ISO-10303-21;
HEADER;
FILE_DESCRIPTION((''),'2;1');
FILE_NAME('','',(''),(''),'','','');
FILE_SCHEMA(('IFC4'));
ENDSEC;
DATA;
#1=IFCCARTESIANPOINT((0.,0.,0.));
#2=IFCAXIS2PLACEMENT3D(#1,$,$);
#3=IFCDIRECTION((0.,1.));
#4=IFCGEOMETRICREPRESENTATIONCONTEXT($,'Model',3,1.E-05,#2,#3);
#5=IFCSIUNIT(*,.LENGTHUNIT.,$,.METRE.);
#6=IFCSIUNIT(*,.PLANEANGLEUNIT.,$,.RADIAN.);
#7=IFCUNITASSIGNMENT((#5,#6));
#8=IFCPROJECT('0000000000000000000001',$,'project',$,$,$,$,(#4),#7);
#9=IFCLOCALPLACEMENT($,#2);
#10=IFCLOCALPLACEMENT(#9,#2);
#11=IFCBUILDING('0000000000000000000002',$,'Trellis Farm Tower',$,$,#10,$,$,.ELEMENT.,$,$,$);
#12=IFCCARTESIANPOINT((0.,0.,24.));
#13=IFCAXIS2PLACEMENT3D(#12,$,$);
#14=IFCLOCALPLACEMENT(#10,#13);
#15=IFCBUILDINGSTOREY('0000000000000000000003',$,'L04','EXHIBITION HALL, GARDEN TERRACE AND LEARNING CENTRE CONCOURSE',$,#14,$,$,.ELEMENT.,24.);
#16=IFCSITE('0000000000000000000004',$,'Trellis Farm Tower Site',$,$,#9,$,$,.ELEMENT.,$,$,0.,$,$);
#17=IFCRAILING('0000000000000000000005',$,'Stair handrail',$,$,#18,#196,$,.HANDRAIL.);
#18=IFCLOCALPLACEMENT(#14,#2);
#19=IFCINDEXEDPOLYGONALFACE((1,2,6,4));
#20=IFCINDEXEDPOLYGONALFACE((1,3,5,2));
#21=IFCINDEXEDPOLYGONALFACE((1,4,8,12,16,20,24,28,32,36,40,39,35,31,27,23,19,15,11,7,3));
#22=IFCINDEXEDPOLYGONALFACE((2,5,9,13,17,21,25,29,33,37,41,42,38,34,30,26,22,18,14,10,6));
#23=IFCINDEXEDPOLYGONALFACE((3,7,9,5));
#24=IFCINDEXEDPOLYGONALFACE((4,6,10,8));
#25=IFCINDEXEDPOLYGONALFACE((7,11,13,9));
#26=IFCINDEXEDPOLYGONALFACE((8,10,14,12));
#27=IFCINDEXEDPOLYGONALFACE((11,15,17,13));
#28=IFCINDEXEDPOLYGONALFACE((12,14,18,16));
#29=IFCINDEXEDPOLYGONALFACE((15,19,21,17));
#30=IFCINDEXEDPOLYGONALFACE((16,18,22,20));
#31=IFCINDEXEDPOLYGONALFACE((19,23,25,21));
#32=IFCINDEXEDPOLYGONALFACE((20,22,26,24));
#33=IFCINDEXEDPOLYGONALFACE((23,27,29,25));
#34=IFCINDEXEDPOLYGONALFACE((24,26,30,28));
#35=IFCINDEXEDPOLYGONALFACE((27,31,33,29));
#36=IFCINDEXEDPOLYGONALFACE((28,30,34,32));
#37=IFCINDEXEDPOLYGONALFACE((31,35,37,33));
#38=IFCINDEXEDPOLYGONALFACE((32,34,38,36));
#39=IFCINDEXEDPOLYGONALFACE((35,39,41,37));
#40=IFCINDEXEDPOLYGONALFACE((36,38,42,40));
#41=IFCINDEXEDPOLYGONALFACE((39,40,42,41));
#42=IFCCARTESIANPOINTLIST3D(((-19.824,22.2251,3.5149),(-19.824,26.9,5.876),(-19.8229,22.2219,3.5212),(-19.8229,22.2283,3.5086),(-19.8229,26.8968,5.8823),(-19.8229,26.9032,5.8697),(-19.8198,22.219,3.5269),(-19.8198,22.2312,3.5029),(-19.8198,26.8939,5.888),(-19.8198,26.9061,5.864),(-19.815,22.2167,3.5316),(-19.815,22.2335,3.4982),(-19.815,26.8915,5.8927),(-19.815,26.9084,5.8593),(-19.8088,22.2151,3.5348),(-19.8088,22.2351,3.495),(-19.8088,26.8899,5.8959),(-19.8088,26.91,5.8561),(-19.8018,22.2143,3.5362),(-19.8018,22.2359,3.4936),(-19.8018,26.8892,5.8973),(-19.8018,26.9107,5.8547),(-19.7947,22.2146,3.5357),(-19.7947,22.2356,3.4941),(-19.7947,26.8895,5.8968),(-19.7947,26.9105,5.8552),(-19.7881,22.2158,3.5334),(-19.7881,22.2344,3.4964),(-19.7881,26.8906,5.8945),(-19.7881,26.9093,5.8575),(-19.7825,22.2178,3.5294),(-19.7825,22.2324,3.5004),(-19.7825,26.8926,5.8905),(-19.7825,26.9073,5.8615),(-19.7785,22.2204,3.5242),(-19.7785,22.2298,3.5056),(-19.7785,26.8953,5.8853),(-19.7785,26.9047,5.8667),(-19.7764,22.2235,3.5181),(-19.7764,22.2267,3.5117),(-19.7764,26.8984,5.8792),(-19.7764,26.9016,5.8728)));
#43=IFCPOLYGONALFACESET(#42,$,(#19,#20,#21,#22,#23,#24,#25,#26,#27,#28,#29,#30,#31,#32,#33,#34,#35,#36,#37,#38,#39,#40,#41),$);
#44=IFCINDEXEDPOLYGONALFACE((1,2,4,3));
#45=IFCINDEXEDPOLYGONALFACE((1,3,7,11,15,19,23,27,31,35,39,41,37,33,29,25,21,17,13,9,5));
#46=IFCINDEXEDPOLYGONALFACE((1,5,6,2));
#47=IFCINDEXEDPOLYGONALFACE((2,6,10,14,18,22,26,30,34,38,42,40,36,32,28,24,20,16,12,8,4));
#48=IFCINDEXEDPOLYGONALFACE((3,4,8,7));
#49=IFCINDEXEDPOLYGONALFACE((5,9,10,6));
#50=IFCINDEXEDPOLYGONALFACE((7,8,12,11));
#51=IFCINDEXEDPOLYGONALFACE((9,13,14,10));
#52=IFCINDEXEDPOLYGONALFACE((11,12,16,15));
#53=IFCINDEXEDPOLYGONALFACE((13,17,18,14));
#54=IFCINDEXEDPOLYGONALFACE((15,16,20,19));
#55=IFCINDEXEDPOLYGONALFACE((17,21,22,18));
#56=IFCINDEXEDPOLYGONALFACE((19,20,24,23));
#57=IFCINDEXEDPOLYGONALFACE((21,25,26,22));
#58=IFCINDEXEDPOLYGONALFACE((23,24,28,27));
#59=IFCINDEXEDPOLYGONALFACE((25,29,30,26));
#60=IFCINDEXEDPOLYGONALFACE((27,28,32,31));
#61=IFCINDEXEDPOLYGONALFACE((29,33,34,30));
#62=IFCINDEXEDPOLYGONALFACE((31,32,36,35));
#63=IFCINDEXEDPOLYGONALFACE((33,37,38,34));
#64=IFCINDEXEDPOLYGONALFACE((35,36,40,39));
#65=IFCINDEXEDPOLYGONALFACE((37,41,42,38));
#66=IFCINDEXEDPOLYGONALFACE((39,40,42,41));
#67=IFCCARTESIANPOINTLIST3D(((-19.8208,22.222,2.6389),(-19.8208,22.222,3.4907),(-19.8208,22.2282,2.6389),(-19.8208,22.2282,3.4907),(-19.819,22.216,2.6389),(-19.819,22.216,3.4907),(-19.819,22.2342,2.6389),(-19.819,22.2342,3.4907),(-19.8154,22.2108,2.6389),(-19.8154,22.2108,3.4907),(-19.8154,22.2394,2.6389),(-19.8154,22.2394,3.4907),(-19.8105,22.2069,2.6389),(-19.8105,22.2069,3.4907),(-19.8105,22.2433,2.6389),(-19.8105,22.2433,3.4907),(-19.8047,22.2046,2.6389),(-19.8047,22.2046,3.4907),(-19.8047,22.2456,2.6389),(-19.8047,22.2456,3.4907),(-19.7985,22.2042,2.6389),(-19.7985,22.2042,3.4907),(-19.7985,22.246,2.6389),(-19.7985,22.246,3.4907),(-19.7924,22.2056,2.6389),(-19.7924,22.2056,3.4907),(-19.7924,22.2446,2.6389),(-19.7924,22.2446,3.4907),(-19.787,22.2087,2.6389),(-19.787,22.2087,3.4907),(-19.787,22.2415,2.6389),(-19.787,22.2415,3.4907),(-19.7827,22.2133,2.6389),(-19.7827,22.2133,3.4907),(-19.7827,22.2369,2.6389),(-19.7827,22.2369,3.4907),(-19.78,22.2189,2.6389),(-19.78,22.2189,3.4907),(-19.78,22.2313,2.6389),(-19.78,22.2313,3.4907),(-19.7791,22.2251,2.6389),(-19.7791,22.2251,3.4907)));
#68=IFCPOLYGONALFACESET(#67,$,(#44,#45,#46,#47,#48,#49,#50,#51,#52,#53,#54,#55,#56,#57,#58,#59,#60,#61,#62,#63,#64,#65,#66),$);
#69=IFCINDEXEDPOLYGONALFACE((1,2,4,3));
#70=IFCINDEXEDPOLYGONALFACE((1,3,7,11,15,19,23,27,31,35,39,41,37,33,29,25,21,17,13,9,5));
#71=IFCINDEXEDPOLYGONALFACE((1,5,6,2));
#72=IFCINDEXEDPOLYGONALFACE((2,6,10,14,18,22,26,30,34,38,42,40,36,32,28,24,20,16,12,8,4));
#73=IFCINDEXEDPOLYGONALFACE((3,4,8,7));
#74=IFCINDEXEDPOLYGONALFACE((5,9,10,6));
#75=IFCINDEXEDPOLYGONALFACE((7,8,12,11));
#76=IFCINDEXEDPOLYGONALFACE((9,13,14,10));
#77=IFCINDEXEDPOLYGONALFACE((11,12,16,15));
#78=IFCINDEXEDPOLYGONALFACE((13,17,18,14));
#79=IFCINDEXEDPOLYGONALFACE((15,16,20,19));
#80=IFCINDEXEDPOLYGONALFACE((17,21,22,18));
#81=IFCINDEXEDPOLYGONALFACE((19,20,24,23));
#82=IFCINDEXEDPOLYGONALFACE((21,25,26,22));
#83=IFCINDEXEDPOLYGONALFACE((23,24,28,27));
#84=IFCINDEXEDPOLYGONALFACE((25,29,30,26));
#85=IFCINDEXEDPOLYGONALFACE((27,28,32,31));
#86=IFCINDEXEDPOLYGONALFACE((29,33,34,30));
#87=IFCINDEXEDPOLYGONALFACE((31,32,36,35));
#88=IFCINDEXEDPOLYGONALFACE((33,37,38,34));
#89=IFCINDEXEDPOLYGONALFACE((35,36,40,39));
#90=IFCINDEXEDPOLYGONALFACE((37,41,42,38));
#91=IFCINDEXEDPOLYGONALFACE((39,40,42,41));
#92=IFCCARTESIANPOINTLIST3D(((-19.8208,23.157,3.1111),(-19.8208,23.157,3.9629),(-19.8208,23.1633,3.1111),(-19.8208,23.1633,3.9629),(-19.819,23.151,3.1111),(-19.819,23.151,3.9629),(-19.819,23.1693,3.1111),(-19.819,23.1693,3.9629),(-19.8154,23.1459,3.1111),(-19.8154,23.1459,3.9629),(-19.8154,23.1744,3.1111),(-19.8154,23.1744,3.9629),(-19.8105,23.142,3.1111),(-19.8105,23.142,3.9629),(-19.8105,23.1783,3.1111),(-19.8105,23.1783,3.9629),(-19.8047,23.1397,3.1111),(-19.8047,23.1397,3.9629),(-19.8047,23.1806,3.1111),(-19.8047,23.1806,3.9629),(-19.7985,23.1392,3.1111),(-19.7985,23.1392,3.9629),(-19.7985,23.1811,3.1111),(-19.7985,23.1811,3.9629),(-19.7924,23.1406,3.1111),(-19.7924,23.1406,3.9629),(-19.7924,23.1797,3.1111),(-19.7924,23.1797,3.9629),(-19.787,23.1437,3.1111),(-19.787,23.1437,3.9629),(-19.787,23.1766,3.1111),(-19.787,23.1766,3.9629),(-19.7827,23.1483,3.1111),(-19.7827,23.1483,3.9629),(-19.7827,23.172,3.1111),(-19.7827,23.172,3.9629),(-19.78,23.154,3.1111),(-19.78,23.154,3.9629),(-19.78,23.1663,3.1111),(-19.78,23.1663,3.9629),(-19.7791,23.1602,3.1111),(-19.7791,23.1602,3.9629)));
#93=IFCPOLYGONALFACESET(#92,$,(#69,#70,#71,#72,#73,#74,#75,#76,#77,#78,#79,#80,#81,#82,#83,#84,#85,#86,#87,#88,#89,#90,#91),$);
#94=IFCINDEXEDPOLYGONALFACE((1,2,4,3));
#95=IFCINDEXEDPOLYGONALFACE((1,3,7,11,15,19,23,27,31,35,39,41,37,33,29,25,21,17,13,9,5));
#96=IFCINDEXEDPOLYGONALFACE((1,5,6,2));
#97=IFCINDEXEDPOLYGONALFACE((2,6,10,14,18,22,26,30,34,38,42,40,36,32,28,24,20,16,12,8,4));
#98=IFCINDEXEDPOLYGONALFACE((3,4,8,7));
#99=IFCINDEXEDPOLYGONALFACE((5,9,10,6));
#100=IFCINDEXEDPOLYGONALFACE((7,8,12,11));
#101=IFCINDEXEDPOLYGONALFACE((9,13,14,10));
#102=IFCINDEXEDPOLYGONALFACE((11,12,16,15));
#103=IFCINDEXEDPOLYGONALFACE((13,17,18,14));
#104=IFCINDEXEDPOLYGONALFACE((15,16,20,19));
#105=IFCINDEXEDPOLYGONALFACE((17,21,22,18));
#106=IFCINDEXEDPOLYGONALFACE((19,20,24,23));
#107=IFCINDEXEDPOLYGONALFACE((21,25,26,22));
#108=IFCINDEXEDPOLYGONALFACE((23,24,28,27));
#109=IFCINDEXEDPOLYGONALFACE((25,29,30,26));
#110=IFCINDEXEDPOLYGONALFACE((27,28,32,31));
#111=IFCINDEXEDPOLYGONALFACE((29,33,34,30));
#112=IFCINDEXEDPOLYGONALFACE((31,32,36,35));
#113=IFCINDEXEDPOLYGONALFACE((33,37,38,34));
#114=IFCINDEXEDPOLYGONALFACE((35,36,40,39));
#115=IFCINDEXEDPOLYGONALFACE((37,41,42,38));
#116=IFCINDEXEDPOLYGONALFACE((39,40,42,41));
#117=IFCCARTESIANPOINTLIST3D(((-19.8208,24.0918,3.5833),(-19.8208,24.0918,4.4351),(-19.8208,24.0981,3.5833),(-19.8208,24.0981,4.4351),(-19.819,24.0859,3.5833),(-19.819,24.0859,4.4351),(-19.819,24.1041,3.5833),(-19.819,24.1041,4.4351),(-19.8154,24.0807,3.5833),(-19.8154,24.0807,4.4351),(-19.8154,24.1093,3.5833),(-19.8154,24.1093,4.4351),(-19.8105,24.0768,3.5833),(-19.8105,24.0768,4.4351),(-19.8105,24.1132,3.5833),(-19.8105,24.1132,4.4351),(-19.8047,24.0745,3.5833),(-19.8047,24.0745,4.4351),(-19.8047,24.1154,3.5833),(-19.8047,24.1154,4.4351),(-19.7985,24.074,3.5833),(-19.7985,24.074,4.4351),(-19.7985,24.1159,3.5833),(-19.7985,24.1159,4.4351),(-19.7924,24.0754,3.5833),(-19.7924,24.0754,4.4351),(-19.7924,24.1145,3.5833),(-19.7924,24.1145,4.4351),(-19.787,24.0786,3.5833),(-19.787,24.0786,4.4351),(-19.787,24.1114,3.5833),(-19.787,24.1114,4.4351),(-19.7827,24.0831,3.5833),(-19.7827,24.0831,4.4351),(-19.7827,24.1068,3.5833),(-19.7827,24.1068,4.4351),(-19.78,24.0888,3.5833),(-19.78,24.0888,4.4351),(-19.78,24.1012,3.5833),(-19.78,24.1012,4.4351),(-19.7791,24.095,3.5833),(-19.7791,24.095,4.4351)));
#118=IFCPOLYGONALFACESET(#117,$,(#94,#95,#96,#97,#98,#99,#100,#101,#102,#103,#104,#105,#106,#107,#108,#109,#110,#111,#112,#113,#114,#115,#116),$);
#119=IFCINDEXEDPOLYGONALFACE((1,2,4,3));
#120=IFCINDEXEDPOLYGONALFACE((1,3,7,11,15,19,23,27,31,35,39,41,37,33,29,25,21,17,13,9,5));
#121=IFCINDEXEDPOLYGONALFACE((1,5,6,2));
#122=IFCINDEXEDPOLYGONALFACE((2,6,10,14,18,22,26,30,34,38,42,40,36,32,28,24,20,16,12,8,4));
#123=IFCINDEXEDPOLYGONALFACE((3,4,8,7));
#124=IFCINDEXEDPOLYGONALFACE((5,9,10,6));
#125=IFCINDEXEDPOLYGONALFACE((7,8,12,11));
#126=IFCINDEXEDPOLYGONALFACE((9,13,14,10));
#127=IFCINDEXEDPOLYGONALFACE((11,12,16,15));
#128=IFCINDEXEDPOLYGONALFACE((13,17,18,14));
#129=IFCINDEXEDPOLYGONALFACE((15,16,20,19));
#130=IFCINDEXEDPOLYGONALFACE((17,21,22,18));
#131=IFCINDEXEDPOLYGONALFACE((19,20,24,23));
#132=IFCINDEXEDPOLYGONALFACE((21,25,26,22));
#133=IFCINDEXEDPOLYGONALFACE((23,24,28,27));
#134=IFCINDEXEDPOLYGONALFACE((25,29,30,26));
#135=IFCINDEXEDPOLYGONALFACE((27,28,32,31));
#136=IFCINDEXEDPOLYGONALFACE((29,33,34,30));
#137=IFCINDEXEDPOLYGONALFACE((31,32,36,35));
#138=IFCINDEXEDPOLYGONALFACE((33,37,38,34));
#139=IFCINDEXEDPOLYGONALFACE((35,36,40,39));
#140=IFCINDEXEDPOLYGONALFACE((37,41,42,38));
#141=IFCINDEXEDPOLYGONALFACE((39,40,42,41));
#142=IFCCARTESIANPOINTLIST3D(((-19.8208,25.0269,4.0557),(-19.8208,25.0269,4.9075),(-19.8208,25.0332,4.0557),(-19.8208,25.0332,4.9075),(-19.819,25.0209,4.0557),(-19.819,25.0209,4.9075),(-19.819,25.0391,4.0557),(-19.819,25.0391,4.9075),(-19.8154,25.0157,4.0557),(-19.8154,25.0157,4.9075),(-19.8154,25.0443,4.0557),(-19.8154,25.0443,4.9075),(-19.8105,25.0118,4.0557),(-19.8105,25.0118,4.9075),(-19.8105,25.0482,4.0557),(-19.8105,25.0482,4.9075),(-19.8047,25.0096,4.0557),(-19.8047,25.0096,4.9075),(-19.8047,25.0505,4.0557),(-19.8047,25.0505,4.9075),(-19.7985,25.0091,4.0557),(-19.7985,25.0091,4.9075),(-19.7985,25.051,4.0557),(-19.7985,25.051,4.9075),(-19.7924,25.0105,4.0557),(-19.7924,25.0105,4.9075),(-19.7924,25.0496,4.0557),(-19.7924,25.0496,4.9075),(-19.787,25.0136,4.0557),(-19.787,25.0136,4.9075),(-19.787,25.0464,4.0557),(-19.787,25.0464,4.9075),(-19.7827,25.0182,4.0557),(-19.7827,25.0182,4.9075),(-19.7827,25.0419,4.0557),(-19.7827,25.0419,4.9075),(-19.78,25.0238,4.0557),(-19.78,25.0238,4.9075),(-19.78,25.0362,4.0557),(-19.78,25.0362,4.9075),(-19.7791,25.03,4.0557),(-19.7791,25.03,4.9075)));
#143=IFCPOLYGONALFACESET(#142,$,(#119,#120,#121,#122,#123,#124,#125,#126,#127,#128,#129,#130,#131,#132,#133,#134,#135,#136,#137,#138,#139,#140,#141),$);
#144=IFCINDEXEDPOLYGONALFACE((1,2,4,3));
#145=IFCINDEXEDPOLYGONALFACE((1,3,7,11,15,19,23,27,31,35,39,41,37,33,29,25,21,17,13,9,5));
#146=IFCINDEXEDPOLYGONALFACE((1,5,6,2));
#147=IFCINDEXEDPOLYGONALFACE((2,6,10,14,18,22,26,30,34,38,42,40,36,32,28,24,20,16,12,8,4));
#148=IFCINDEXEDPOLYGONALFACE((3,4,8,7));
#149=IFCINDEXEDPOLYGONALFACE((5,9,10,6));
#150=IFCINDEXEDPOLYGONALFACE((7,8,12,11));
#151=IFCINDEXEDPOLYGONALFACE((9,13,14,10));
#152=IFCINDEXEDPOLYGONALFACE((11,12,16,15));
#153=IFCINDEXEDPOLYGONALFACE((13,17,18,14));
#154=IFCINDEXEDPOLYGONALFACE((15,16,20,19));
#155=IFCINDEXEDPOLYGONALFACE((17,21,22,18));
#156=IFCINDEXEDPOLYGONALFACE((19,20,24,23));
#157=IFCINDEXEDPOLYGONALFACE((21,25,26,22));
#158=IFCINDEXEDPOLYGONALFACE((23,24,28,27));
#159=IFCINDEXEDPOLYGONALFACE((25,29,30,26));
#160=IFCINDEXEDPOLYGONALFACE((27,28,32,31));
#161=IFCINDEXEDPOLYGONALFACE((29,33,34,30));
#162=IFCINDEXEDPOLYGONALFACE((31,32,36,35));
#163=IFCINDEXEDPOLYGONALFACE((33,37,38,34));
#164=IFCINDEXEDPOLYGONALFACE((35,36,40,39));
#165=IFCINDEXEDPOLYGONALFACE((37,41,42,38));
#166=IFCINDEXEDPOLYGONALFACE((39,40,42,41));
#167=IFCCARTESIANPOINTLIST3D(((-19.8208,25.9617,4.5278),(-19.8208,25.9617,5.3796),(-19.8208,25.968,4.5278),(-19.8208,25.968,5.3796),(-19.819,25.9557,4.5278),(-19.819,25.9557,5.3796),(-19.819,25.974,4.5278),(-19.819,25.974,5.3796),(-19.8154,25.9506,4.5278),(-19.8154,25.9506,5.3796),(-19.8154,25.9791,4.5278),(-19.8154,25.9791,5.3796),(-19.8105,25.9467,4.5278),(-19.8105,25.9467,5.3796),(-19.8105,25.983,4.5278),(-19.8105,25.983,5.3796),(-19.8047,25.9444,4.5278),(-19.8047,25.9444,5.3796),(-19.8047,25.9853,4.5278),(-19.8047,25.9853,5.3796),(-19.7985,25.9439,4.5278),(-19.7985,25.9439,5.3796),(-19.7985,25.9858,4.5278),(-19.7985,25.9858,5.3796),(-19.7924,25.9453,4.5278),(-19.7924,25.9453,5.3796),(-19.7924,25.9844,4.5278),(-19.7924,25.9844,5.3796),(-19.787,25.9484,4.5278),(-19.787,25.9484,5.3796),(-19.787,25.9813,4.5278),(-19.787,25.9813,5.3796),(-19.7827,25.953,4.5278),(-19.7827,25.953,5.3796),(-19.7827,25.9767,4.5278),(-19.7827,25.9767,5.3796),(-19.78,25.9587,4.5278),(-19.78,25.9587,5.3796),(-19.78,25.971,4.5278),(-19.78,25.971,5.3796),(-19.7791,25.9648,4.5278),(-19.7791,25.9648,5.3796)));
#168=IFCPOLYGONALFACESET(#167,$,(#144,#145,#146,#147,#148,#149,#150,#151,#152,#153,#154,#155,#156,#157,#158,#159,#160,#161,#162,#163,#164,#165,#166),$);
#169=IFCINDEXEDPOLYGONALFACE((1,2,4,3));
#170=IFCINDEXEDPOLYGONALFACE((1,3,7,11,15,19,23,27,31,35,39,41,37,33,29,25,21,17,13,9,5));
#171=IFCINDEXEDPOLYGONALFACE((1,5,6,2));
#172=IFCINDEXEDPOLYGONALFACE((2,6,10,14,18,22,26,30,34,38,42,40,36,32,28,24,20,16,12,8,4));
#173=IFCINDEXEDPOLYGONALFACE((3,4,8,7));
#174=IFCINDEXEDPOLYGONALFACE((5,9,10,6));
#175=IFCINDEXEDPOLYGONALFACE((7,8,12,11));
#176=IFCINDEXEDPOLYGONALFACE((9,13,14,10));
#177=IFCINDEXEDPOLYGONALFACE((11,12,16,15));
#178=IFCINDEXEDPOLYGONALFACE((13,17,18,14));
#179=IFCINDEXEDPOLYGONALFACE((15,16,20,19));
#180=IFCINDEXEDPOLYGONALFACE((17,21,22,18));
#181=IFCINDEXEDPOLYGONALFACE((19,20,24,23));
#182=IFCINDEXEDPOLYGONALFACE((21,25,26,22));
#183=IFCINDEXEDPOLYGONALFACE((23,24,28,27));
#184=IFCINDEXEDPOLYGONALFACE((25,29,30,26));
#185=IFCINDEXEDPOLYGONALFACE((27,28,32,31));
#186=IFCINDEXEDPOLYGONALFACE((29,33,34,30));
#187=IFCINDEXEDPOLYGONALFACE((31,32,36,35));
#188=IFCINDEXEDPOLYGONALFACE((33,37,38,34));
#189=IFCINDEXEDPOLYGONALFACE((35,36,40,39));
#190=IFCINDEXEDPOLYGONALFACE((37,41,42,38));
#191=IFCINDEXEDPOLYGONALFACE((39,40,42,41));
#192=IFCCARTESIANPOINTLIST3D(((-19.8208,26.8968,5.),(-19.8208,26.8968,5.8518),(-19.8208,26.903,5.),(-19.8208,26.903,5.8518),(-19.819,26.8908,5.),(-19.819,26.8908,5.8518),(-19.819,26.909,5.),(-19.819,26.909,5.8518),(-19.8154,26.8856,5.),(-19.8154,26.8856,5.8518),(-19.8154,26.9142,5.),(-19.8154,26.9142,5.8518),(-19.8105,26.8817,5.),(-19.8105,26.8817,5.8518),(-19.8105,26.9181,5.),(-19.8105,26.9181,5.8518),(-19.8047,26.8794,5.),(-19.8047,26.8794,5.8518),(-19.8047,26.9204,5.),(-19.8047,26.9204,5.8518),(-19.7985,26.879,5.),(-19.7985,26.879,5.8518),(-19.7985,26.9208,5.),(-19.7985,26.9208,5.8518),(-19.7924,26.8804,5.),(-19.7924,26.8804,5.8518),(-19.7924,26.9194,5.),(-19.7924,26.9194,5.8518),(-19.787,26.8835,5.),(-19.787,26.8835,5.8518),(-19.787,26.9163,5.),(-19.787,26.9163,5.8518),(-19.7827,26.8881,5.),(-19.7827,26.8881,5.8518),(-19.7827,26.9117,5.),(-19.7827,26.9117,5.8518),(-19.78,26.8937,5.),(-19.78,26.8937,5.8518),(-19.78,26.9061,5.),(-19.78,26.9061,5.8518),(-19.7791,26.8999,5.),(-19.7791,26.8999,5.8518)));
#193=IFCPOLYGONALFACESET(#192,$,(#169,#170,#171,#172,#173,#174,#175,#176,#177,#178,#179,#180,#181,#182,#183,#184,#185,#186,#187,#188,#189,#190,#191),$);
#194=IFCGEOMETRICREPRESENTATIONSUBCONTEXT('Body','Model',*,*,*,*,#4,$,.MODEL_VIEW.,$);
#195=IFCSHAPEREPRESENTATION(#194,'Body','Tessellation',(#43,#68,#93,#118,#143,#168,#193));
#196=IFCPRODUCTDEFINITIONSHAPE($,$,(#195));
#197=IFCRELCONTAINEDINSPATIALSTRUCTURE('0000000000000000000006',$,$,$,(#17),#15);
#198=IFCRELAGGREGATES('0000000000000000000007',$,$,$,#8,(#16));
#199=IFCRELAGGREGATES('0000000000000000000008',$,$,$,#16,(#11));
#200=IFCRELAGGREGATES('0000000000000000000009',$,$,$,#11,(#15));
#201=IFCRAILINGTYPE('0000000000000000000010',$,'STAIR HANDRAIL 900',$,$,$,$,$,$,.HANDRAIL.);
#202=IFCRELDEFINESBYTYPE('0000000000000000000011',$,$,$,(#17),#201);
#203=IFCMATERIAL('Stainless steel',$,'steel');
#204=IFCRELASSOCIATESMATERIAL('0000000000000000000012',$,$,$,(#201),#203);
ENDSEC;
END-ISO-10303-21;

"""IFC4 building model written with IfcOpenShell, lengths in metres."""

from ifc_helpers import new_model, si_unit, direction, frame, origin, origin_2d, place, context, subcontext, project, spatial, circle, extrude, source, transform, mapped, material, type_object, element, save


model = new_model("IFC4")

# Units and contexts
model_context = context("Model", 3, precision=1e-05, world=origin(), true_north=direction((0.0, 1.0)))
body_context = subcontext(model_context, "Body", "Model", "MODEL_VIEW")
ifc_project = project(units=[si_unit("LENGTHUNIT", "METRE"), si_unit("PLANEANGLEUNIT", "RADIAN")], contexts=[model_context])

# Site, building, storey
site_placement = place(None, origin())
site = spatial("IfcSite", under=ifc_project, at=site_placement, Name="Trellis Farm Tower Site", CompositionType="ELEMENT", RefElevation=0.0)
building_placement = place(site_placement, origin())
building = spatial("IfcBuilding", under=site, at=building_placement, Name="Trellis Farm Tower", CompositionType="ELEMENT")
storey_placement = place(building_placement, frame((0.0, 0.0, 24.0)))
storey = spatial("IfcBuildingStorey", under=building, at=storey_placement, Name="L04", Description="EXHIBITION HALL, GARDEN TERRACE AND LEARNING CENTRE CONCOURSE", CompositionType="ELEMENT", Elevation=24.0)

# Railing
ifc_material_1 = material(Name="Stainless steel", Category="steel")
railing_type_1 = type_object("IfcRailingType", Name="STAIR HANDRAIL 900", PredefinedType="HANDRAIL", material=ifc_material_1)
shared_shape_1 = source(origin(), body_context, "Body", "SweptSolid", [
    extrude(circle(Radius=0.0239, at=origin_2d()), frame((0.0, 0.0, 0.876), z_axis=(0.0, 0.892611, 0.450827), x_axis=(-1.0, 0.0, 0.0)), (0.0, 0.0, 1.0), 5.2373),
    extrude(circle(Radius=0.021, at=origin_2d()), origin(), (0.0, 0.0, 1.0), 0.8518),
    extrude(circle(Radius=0.021, at=origin_2d()), frame((0.0, 0.9351, 0.4722)), (0.0, 0.0, 1.0), 0.8518),
    extrude(circle(Radius=0.021, at=origin_2d()), frame((0.0, 1.8699, 0.9443)), (0.0, 0.0, 1.0), 0.8518),
    extrude(circle(Radius=0.021, at=origin_2d()), frame((0.0, 2.8049, 1.4167)), (0.0, 0.0, 1.0), 0.8518),
    extrude(circle(Radius=0.021, at=origin_2d()), frame((0.0, 3.7397, 1.8889)), (0.0, 0.0, 1.0), 0.8518),
    extrude(circle(Radius=0.021, at=origin_2d()), frame((0.0, 4.6748, 2.3611)), (0.0, 0.0, 1.0), 0.8518),
])
for number, where, name in (
    (1, (-19.8, 22.2251, 2.6389), "Stair handrail"),
):
    element("IfcRailing", number, at=place(storey_placement, frame(where)), inside=storey, type_object=railing_type_1, Name=name, PredefinedType="HANDRAIL", context=body_context, shape_type="MappedRepresentation", body=[
        mapped(shared_shape_1, transform((0.0, 0.0, 0.0))),
    ])

save(model, "model.ifc")
